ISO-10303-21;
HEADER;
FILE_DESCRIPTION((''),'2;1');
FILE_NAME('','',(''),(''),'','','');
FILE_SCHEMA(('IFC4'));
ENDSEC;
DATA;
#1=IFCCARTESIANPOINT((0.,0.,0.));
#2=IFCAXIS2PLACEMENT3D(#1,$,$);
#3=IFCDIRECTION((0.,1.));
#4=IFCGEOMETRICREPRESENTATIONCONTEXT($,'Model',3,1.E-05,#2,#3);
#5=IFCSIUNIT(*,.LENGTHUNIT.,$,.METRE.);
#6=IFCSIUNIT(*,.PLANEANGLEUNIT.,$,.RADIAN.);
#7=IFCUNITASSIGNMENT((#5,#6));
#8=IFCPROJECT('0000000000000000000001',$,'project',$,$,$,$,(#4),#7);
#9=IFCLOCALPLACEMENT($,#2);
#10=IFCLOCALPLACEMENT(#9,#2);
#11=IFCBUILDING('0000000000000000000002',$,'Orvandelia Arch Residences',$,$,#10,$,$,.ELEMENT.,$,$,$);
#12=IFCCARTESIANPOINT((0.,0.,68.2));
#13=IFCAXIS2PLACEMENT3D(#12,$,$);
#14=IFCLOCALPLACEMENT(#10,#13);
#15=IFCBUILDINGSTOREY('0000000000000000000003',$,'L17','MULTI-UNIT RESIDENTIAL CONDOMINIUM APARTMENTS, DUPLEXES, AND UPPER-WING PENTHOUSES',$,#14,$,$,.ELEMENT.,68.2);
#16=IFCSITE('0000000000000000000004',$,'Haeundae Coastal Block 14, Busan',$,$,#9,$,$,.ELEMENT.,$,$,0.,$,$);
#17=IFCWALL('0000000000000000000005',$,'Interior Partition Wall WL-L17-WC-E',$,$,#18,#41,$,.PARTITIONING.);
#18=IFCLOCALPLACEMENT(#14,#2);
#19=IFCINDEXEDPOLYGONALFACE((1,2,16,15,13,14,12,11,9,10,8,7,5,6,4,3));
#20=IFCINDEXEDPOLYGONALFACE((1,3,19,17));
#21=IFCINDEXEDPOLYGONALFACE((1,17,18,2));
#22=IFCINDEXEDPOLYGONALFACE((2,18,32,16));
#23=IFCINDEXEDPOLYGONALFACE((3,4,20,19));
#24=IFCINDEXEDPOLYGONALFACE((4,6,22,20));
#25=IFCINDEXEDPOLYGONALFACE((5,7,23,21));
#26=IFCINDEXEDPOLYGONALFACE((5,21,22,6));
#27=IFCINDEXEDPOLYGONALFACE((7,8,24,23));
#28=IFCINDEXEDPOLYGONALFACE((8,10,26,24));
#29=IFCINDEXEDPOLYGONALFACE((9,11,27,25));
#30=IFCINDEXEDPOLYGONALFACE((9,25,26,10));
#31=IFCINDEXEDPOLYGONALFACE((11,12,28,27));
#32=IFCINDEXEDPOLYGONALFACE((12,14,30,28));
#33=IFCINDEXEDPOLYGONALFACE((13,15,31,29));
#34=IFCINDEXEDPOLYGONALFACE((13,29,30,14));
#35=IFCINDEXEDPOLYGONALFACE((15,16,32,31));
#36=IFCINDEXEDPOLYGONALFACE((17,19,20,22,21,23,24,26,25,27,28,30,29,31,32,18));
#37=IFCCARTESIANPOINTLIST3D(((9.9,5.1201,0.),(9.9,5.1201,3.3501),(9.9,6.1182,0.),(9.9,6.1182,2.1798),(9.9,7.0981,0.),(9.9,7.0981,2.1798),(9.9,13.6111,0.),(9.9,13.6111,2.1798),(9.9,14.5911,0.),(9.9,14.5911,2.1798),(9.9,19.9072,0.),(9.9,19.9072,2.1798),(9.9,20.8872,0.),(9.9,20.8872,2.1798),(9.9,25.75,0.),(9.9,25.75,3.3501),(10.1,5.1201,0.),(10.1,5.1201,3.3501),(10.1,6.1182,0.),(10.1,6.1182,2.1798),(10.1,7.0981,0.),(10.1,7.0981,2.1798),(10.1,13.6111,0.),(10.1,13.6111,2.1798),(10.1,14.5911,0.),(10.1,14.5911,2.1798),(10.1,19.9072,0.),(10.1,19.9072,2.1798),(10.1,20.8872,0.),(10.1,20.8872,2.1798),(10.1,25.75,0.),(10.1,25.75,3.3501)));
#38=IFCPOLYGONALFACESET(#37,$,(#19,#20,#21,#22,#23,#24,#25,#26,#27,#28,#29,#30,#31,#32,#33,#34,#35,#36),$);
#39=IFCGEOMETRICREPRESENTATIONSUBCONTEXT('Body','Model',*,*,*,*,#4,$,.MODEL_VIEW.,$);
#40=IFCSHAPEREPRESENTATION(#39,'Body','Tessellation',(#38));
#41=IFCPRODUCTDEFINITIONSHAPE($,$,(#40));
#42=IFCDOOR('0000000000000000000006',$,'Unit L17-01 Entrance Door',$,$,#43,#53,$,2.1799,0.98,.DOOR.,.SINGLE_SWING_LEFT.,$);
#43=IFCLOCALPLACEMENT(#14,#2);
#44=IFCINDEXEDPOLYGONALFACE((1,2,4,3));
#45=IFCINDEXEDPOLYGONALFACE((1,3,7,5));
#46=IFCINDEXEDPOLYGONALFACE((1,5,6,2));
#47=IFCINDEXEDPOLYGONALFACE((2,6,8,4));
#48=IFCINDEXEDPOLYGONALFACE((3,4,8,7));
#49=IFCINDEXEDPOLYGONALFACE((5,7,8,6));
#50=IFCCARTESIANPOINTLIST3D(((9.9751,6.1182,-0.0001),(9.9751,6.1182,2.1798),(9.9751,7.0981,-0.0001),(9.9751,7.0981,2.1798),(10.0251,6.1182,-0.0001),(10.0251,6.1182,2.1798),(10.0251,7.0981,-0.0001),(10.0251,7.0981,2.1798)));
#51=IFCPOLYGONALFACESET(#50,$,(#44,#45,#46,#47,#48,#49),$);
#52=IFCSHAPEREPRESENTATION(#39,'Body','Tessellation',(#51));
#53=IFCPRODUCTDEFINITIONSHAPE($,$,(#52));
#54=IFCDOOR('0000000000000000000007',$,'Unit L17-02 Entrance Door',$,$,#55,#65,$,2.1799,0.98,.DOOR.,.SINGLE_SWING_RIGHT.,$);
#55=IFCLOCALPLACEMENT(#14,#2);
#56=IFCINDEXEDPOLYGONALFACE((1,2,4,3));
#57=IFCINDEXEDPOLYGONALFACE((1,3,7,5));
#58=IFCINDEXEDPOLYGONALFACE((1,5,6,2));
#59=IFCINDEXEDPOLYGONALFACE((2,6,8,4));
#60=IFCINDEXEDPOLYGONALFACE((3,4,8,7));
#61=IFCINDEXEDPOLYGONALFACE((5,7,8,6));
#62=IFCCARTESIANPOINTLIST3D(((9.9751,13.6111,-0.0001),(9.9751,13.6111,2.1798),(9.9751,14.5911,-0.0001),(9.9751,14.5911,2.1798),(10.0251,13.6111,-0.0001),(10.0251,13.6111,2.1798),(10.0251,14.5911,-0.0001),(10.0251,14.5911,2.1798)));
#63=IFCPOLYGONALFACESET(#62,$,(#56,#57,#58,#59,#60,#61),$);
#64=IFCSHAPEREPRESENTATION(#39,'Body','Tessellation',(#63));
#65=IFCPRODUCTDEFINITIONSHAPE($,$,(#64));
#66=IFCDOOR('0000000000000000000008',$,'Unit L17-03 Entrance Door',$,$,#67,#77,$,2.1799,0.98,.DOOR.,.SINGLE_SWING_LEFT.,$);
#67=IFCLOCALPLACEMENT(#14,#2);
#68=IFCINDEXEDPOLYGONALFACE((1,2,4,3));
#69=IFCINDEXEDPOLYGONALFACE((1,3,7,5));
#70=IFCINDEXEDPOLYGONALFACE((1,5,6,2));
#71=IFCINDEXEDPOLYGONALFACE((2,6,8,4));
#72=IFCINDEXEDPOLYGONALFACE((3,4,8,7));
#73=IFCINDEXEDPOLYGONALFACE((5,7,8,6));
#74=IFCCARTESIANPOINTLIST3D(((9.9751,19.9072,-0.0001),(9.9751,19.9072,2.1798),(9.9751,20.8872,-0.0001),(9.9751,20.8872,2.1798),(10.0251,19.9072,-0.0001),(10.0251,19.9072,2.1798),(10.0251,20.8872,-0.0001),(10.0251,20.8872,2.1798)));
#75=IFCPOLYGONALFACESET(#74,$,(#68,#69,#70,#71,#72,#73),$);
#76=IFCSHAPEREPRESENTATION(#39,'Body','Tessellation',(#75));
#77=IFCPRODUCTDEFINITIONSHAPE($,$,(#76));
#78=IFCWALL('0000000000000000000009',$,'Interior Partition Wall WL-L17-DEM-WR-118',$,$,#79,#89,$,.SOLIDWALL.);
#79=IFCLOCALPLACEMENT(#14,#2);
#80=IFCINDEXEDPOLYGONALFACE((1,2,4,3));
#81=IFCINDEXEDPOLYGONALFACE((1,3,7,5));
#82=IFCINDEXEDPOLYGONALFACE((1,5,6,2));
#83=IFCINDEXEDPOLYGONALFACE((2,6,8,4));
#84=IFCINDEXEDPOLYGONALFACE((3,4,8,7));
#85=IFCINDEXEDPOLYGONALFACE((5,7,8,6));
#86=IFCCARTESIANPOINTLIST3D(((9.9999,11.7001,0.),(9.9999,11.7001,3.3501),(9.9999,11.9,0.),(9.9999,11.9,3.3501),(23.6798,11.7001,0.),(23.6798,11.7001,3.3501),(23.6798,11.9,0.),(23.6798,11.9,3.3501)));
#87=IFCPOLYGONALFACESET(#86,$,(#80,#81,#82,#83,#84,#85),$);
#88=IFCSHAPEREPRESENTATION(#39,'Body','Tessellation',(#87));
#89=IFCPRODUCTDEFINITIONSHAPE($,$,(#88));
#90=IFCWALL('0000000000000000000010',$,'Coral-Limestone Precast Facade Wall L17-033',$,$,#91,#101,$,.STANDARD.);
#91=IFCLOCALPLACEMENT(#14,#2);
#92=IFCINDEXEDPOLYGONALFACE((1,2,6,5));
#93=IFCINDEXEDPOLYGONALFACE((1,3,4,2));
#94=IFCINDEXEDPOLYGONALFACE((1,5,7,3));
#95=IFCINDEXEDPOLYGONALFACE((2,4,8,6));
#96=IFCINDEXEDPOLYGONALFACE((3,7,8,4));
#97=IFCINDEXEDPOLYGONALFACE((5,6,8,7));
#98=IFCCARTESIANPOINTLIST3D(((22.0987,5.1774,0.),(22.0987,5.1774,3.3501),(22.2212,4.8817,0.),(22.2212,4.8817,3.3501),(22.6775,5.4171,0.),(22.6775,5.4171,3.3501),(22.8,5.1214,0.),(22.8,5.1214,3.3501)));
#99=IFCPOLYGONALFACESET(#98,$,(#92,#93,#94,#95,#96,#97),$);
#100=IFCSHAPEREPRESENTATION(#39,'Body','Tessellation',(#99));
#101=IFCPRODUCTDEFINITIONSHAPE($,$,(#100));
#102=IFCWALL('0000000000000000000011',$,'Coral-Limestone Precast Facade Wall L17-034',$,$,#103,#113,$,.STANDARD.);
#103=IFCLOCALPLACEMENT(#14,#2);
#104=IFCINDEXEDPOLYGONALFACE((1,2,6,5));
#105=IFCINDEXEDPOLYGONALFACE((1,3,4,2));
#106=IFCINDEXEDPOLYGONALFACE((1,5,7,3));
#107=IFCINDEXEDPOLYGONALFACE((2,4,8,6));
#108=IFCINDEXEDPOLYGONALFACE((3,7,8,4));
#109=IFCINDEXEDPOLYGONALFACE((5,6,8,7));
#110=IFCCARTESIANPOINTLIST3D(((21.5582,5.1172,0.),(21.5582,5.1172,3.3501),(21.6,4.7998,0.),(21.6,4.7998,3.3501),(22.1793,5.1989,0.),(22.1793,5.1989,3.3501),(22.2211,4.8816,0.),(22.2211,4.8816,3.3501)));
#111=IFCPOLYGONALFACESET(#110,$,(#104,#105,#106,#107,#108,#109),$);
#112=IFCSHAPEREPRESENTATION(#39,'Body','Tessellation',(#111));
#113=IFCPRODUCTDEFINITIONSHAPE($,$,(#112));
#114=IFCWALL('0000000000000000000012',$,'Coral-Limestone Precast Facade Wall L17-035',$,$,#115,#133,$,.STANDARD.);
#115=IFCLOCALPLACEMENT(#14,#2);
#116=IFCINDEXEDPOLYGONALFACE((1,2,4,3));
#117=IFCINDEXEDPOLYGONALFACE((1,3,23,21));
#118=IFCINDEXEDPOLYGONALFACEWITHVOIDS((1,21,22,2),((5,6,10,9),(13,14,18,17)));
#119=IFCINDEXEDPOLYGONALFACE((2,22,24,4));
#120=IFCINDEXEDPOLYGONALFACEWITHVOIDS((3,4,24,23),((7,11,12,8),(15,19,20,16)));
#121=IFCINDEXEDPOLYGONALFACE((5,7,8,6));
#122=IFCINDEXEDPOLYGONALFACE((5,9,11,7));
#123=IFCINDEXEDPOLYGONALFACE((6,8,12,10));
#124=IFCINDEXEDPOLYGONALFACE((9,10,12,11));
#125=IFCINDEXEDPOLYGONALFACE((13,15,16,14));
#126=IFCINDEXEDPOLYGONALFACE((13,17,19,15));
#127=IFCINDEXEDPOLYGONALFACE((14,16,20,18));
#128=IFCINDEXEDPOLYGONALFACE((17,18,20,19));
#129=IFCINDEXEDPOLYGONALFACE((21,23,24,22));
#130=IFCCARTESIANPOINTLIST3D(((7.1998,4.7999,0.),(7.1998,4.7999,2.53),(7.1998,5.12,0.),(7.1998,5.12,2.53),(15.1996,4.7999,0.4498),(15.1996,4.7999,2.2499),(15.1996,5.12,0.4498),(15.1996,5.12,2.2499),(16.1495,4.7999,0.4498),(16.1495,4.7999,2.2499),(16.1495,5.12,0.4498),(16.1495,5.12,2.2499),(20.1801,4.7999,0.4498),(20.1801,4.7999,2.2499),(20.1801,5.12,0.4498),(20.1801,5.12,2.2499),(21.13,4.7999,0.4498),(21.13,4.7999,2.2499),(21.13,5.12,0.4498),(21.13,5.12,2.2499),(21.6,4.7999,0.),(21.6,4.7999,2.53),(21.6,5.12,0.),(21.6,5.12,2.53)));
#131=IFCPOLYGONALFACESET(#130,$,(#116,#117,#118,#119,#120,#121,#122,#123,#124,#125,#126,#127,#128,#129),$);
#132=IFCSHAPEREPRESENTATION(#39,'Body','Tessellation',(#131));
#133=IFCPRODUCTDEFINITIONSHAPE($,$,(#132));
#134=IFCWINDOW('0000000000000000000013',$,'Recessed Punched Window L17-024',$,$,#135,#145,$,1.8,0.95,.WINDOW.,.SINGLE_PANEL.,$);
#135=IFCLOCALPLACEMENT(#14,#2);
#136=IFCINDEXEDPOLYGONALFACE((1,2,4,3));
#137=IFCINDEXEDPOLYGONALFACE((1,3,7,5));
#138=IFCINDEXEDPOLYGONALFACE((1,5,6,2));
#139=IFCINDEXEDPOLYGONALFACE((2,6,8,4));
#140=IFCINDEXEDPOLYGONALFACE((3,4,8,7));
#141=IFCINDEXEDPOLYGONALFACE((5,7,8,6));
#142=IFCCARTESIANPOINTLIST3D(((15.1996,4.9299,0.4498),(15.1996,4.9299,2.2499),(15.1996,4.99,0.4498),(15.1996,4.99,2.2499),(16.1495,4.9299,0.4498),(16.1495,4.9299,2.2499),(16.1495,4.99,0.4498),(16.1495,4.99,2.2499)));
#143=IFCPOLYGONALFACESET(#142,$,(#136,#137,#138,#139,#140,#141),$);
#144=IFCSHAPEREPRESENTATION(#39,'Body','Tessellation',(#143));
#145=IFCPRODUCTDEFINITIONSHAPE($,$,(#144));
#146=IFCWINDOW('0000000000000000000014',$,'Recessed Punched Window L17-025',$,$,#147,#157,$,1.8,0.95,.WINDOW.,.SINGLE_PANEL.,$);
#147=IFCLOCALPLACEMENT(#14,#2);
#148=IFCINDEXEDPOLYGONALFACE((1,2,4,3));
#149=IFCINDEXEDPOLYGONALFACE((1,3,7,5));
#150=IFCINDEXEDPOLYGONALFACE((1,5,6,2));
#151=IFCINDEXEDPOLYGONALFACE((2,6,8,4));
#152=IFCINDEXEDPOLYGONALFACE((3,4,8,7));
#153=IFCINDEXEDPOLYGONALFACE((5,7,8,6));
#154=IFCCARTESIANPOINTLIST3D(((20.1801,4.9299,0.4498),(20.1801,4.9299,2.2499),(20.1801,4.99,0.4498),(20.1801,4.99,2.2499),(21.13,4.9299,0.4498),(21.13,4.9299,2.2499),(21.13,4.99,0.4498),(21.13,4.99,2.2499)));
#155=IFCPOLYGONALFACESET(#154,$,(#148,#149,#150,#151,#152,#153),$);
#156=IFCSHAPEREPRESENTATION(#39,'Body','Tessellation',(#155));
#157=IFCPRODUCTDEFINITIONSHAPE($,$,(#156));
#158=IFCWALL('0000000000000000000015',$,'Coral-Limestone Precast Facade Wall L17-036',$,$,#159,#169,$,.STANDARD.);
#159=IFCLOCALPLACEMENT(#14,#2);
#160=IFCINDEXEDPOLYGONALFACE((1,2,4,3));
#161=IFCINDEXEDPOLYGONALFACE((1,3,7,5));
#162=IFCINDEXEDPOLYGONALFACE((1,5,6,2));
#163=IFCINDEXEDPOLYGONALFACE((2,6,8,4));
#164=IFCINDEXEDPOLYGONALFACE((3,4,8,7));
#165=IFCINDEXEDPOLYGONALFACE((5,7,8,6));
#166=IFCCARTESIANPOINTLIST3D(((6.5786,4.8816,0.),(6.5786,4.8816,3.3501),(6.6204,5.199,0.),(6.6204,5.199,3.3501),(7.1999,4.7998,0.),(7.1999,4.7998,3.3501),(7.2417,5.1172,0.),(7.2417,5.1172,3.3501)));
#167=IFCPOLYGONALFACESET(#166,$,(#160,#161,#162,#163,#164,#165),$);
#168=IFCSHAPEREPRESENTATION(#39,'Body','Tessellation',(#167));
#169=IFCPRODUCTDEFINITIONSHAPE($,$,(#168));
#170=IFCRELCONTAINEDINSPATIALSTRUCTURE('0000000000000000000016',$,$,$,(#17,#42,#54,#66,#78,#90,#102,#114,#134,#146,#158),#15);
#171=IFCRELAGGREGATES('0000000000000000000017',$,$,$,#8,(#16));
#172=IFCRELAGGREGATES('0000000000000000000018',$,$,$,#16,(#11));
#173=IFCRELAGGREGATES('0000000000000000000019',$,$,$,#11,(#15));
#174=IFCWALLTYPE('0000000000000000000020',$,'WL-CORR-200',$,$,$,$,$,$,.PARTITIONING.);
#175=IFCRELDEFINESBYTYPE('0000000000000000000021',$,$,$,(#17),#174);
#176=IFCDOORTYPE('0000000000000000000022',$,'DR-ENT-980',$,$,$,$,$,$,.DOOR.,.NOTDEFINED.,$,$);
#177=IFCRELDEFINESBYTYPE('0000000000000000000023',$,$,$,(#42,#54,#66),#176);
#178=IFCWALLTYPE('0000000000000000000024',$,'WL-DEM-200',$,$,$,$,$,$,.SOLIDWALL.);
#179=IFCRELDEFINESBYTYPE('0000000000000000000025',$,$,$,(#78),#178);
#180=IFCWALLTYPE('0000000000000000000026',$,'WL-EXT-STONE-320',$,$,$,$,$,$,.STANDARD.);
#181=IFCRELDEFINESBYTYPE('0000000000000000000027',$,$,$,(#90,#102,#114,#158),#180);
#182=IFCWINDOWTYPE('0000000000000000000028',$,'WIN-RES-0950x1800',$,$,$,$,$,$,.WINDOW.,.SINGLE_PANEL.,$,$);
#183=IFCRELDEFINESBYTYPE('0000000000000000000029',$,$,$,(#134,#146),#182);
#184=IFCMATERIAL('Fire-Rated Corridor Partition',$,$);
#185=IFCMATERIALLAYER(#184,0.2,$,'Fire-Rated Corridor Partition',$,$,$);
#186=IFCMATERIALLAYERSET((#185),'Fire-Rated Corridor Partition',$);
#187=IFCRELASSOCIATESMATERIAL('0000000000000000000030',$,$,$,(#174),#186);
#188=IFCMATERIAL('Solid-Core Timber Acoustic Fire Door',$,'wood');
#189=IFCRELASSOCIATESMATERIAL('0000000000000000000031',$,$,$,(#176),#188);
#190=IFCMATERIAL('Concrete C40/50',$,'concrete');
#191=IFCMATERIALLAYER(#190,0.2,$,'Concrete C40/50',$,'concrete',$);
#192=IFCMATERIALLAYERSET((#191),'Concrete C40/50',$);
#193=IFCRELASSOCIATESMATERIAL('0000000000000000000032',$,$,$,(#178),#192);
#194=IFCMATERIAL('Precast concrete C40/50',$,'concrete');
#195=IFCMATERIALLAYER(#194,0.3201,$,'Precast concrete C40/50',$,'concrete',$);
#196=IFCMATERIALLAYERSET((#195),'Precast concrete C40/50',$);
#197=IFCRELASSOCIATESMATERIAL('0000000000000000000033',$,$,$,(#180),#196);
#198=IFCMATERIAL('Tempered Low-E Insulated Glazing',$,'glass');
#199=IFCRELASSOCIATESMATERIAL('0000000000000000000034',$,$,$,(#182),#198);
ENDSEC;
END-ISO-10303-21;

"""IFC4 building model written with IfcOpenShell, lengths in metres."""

from ifc_helpers import new_model, si_unit, direction, frame, frame_2d, origin, place, context, subcontext, project, spatial, rectangle, extrude, material, layer, layer_set, type_object, element, fill, save


model = new_model("IFC4")

# Units and contexts
model_context = context("Model", 3, precision=1e-05, world=origin(), true_north=direction((0.0, 1.0)))
body_context = subcontext(model_context, "Body", "Model", "MODEL_VIEW")
ifc_project = project(units=[si_unit("LENGTHUNIT", "METRE"), si_unit("PLANEANGLEUNIT", "RADIAN")], contexts=[model_context])

# Site, building, storey
site_placement = place(None, origin())
site = spatial("IfcSite", under=ifc_project, at=site_placement, Name="Haeundae Coastal Block 14, Busan", CompositionType="ELEMENT", RefElevation=0.0)
building_placement = place(site_placement, origin())
building = spatial("IfcBuilding", under=site, at=building_placement, Name="Orvandelia Arch Residences", CompositionType="ELEMENT")
storey_placement = place(building_placement, frame((0.0, 0.0, 68.2)))
storey = spatial("IfcBuildingStorey", under=building, at=storey_placement, Name="L17", Description="MULTI-UNIT RESIDENTIAL CONDOMINIUM APARTMENTS, DUPLEXES, AND UPPER-WING PENTHOUSES", CompositionType="ELEMENT", Elevation=68.2)

# Wall, openings, doors
ifc_material_1 = material(Name="Fire-Rated Corridor Partition")
ifc_layer_1 = layer(ifc_material_1, 0.2, Name="Fire-Rated Corridor Partition")
ifc_layer_set_1 = layer_set([ifc_layer_1], Name="Fire-Rated Corridor Partition")
wall_type_1 = type_object("IfcWallType", Name="WL-CORR-200", PredefinedType="PARTITIONING", material=ifc_layer_set_1)
wall_1_placement = place(storey_placement, frame((10.0, 5.1201, 0.0), z_axis=(0.0, 0.0, 1.0), x_axis=(0.0, 1.0, 0.0)))
wall_1 = element("IfcWall", 1, at=wall_1_placement, inside=storey, type_object=wall_type_1, Name="Interior Partition Wall WL-L17-WC-E", PredefinedType="PARTITIONING", context=body_context, shape_type="SweptSolid", body=[
    extrude(rectangle(XDim=20.6299, YDim=0.2, at=frame_2d((10.3149, 0.0))), origin(), (0.0, 0.0, 1.0), 3.3501),
])
opening_1_placement = place(wall_1_placement, frame((0.998, 0.0, 0.0)))
opening_1 = element("IfcOpeningElement", 2, at=opening_1_placement, cuts=wall_1, PredefinedType="OPENING", context=body_context, shape_type="SweptSolid", body=[
    extrude(rectangle(XDim=0.98, YDim=2.1799, at=frame_2d((0.49, 1.0898))), frame((0.0, 0.1099, 0.0), z_axis=(0.0, -1.0, 0.0), x_axis=(1.0, 0.0, 0.0)), (0.0, 0.0, 1.0), 0.22),
])
opening_2_placement = place(wall_1_placement, frame((8.491, 0.0, 0.0)))
opening_2 = element("IfcOpeningElement", 3, at=opening_2_placement, cuts=wall_1, PredefinedType="OPENING", context=body_context, shape_type="SweptSolid", body=[
    extrude(rectangle(XDim=0.98, YDim=2.1799, at=frame_2d((0.49, 1.0898))), frame((0.0, 0.1099, 0.0), z_axis=(0.0, -1.0, 0.0), x_axis=(1.0, 0.0, 0.0)), (0.0, 0.0, 1.0), 0.22),
])
opening_3_placement = place(wall_1_placement, frame((14.7871, 0.0, 0.0)))
opening_3 = element("IfcOpeningElement", 4, at=opening_3_placement, cuts=wall_1, PredefinedType="OPENING", context=body_context, shape_type="SweptSolid", body=[
    extrude(rectangle(XDim=0.98, YDim=2.1799, at=frame_2d((0.49, 1.0898))), frame((0.0, 0.1099, 0.0), z_axis=(0.0, -1.0, 0.0), x_axis=(1.0, 0.0, 0.0)), (0.0, 0.0, 1.0), 0.22),
])
ifc_material_2 = material(Name="Solid-Core Timber Acoustic Fire Door", Category="wood")
door_type_1 = type_object("IfcDoorType", Name="DR-ENT-980", OperationType="NOTDEFINED", PredefinedType="DOOR", material=ifc_material_2)
door_1_placement = place(opening_1_placement, origin())
door_1 = element("IfcDoor", 5, at=door_1_placement, inside=storey, type_object=door_type_1, Name="Unit L17-01 Entrance Door", OperationType="SINGLE_SWING_LEFT", OverallHeight=2.1799, OverallWidth=0.98, PredefinedType="DOOR", context=body_context, shape_type="SweptSolid", body=[
    extrude(rectangle(XDim=0.98, YDim=2.1799, at=frame_2d((0.49, 1.0898))), frame((0.0, 0.0249, 0.0), z_axis=(0.0, -1.0, 0.0), x_axis=(1.0, 0.0, 0.0)), (0.0, 0.0, 1.0), 0.05),
])
fill(opening_1, door_1)
door_2_placement = place(opening_2_placement, origin())
door_2 = element("IfcDoor", 6, at=door_2_placement, inside=storey, type_object=door_type_1, Name="Unit L17-02 Entrance Door", OperationType="SINGLE_SWING_RIGHT", OverallHeight=2.1799, OverallWidth=0.98, PredefinedType="DOOR", context=body_context, shape_type="SweptSolid", body=[
    extrude(rectangle(XDim=0.98, YDim=2.1799, at=frame_2d((0.49, 1.0898))), frame((0.0, 0.0249, 0.0), z_axis=(0.0, -1.0, 0.0), x_axis=(1.0, 0.0, 0.0)), (0.0, 0.0, 1.0), 0.05),
])
fill(opening_2, door_2)
door_3_placement = place(opening_3_placement, origin())
door_3 = element("IfcDoor", 7, at=door_3_placement, inside=storey, type_object=door_type_1, Name="Unit L17-03 Entrance Door", OperationType="SINGLE_SWING_LEFT", OverallHeight=2.1799, OverallWidth=0.98, PredefinedType="DOOR", context=body_context, shape_type="SweptSolid", body=[
    extrude(rectangle(XDim=0.98, YDim=2.1799, at=frame_2d((0.49, 1.0898))), frame((0.0, 0.0249, 0.0), z_axis=(0.0, -1.0, 0.0), x_axis=(1.0, 0.0, 0.0)), (0.0, 0.0, 1.0), 0.05),
])
fill(opening_3, door_3)

# Walls
ifc_material_3 = material(Name="Concrete C40/50", Category="concrete")
ifc_layer_2 = layer(ifc_material_3, 0.2, Name="Concrete C40/50", Category="concrete")
ifc_layer_set_2 = layer_set([ifc_layer_2], Name="Concrete C40/50")
wall_type_2 = type_object("IfcWallType", Name="WL-DEM-200", PredefinedType="SOLIDWALL", material=ifc_layer_set_2)
wall_2_placement = place(storey_placement, frame((10.0, 11.8, 0.0), z_axis=(0.0, 0.0, 1.0), x_axis=(1.0, 0.0, 0.0)))
element("IfcWall", 8, at=wall_2_placement, inside=storey, type_object=wall_type_2, Name="Interior Partition Wall WL-L17-DEM-WR-118", PredefinedType="SOLIDWALL", context=body_context, shape_type="SweptSolid", body=[
    extrude(rectangle(XDim=13.6799, YDim=0.2, at=frame_2d((6.8398, 0.0))), origin(), (0.0, 0.0, 1.0), 3.3501),
])
ifc_material_4 = material(Name="Precast concrete C40/50", Category="concrete")
ifc_layer_3 = layer(ifc_material_4, 0.3201, Name="Precast concrete C40/50", Category="concrete")
ifc_layer_set_3 = layer_set([ifc_layer_3], Name="Precast concrete C40/50")
wall_type_3 = type_object("IfcWallType", Name="WL-EXT-STONE-320", PredefinedType="STANDARD", material=ifc_layer_set_3)
for number, where, z_axis, x_axis, name in (
    (9, (22.7388, 5.2693, 0.0), (0.0, 0.0, 1.0), (-0.923893, -0.38265, 0.0), "Coral-Limestone Precast Facade Wall L17-033"),
    (10, (22.2002, 5.0403, 0.0), (0.0, 0.0, 1.0), (-0.991441, -0.130555, 0.0), "Coral-Limestone Precast Facade Wall L17-034"),
):
    element("IfcWall", number, at=place(storey_placement, frame(where, z_axis=z_axis, x_axis=x_axis)), inside=storey, type_object=wall_type_3, Name=name, PredefinedType="STANDARD", context=body_context, shape_type="SweptSolid", body=[
        extrude(rectangle(XDim=0.6265, YDim=0.3201, at=frame_2d((0.3132, 0.0))), origin(), (0.0, 0.0, 1.0), 3.3501),
    ])

# Wall, openings, windows
wall_3_placement = place(storey_placement, frame((21.6001, 4.96, 0.0), z_axis=(0.0, 0.0, 1.0), x_axis=(-1.0, 0.0, 0.0)))
wall_3 = element("IfcWall", 11, at=wall_3_placement, inside=storey, type_object=wall_type_3, Name="Coral-Limestone Precast Facade Wall L17-035", PredefinedType="STANDARD", context=body_context, shape_type="SweptSolid", body=[
    extrude(rectangle(XDim=14.4001, YDim=0.3201, at=frame_2d((7.2002, 0.0))), origin(), (0.0, 0.0, 1.0), 2.53),
])
opening_4_placement = place(wall_3_placement, frame((5.4504, 0.0, 0.45)))
opening_4 = element("IfcOpeningElement", 12, at=opening_4_placement, cuts=wall_3, PredefinedType="OPENING", context=body_context, shape_type="SweptSolid", body=[
    extrude(rectangle(XDim=0.95, YDim=1.8, at=frame_2d((0.4751, 0.8999))), frame((0.0, 0.1699, 0.0), z_axis=(0.0, -1.0, 0.0), x_axis=(1.0, 0.0, 0.0)), (0.0, 0.0, 1.0), 0.3401),
])
opening_5_placement = place(wall_3_placement, frame((0.47, 0.0, 0.45)))
opening_5 = element("IfcOpeningElement", 13, at=opening_5_placement, cuts=wall_3, PredefinedType="OPENING", context=body_context, shape_type="SweptSolid", body=[
    extrude(rectangle(XDim=0.95, YDim=1.8, at=frame_2d((0.4751, 0.8999))), frame((0.0, 0.1699, 0.0), z_axis=(0.0, -1.0, 0.0), x_axis=(1.0, 0.0, 0.0)), (0.0, 0.0, 1.0), 0.3401),
])
ifc_material_5 = material(Name="Tempered Low-E Insulated Glazing", Category="glass")
window_type = type_object("IfcWindowType", Name="WIN-RES-0950x1800", PartitioningType="SINGLE_PANEL", PredefinedType="WINDOW", material=ifc_material_5)
window_1_placement = place(opening_4_placement, origin())
window_1 = element("IfcWindow", 14, at=window_1_placement, inside=storey, type_object=window_type, Name="Recessed Punched Window L17-024", OverallHeight=1.8, OverallWidth=0.95, PartitioningType="SINGLE_PANEL", PredefinedType="WINDOW", context=body_context, shape_type="SweptSolid", body=[
    extrude(rectangle(XDim=0.95, YDim=1.8, at=frame_2d((0.4751, 0.8999))), frame((0.0, 0.03, 0.0), z_axis=(0.0, -1.0, 0.0), x_axis=(1.0, 0.0, 0.0)), (0.0, 0.0, 1.0), 0.0601),
])
fill(opening_4, window_1)
window_2_placement = place(opening_5_placement, origin())
window_2 = element("IfcWindow", 15, at=window_2_placement, inside=storey, type_object=window_type, Name="Recessed Punched Window L17-025", OverallHeight=1.8, OverallWidth=0.95, PartitioningType="SINGLE_PANEL", PredefinedType="WINDOW", context=body_context, shape_type="SweptSolid", body=[
    extrude(rectangle(XDim=0.95, YDim=1.8, at=frame_2d((0.4751, 0.8999))), frame((0.0, 0.03, 0.0), z_axis=(0.0, -1.0, 0.0), x_axis=(1.0, 0.0, 0.0)), (0.0, 0.0, 1.0), 0.0601),
])
fill(opening_5, window_2)

# Wall
wall_4_placement = place(storey_placement, frame((7.2209, 4.9585, 0.0), z_axis=(0.0, 0.0, 1.0), x_axis=(-0.991448, 0.130505, 0.0)))
element("IfcWall", 16, at=wall_4_placement, inside=storey, type_object=wall_type_3, Name="Coral-Limestone Precast Facade Wall L17-036", PredefinedType="STANDARD", context=body_context, shape_type="SweptSolid", body=[
    extrude(rectangle(XDim=0.6267, YDim=0.3201, at=frame_2d((0.3135, 0.0))), origin(), (0.0, 0.0, 1.0), 3.3501),
])

save(model, "model.ifc")
